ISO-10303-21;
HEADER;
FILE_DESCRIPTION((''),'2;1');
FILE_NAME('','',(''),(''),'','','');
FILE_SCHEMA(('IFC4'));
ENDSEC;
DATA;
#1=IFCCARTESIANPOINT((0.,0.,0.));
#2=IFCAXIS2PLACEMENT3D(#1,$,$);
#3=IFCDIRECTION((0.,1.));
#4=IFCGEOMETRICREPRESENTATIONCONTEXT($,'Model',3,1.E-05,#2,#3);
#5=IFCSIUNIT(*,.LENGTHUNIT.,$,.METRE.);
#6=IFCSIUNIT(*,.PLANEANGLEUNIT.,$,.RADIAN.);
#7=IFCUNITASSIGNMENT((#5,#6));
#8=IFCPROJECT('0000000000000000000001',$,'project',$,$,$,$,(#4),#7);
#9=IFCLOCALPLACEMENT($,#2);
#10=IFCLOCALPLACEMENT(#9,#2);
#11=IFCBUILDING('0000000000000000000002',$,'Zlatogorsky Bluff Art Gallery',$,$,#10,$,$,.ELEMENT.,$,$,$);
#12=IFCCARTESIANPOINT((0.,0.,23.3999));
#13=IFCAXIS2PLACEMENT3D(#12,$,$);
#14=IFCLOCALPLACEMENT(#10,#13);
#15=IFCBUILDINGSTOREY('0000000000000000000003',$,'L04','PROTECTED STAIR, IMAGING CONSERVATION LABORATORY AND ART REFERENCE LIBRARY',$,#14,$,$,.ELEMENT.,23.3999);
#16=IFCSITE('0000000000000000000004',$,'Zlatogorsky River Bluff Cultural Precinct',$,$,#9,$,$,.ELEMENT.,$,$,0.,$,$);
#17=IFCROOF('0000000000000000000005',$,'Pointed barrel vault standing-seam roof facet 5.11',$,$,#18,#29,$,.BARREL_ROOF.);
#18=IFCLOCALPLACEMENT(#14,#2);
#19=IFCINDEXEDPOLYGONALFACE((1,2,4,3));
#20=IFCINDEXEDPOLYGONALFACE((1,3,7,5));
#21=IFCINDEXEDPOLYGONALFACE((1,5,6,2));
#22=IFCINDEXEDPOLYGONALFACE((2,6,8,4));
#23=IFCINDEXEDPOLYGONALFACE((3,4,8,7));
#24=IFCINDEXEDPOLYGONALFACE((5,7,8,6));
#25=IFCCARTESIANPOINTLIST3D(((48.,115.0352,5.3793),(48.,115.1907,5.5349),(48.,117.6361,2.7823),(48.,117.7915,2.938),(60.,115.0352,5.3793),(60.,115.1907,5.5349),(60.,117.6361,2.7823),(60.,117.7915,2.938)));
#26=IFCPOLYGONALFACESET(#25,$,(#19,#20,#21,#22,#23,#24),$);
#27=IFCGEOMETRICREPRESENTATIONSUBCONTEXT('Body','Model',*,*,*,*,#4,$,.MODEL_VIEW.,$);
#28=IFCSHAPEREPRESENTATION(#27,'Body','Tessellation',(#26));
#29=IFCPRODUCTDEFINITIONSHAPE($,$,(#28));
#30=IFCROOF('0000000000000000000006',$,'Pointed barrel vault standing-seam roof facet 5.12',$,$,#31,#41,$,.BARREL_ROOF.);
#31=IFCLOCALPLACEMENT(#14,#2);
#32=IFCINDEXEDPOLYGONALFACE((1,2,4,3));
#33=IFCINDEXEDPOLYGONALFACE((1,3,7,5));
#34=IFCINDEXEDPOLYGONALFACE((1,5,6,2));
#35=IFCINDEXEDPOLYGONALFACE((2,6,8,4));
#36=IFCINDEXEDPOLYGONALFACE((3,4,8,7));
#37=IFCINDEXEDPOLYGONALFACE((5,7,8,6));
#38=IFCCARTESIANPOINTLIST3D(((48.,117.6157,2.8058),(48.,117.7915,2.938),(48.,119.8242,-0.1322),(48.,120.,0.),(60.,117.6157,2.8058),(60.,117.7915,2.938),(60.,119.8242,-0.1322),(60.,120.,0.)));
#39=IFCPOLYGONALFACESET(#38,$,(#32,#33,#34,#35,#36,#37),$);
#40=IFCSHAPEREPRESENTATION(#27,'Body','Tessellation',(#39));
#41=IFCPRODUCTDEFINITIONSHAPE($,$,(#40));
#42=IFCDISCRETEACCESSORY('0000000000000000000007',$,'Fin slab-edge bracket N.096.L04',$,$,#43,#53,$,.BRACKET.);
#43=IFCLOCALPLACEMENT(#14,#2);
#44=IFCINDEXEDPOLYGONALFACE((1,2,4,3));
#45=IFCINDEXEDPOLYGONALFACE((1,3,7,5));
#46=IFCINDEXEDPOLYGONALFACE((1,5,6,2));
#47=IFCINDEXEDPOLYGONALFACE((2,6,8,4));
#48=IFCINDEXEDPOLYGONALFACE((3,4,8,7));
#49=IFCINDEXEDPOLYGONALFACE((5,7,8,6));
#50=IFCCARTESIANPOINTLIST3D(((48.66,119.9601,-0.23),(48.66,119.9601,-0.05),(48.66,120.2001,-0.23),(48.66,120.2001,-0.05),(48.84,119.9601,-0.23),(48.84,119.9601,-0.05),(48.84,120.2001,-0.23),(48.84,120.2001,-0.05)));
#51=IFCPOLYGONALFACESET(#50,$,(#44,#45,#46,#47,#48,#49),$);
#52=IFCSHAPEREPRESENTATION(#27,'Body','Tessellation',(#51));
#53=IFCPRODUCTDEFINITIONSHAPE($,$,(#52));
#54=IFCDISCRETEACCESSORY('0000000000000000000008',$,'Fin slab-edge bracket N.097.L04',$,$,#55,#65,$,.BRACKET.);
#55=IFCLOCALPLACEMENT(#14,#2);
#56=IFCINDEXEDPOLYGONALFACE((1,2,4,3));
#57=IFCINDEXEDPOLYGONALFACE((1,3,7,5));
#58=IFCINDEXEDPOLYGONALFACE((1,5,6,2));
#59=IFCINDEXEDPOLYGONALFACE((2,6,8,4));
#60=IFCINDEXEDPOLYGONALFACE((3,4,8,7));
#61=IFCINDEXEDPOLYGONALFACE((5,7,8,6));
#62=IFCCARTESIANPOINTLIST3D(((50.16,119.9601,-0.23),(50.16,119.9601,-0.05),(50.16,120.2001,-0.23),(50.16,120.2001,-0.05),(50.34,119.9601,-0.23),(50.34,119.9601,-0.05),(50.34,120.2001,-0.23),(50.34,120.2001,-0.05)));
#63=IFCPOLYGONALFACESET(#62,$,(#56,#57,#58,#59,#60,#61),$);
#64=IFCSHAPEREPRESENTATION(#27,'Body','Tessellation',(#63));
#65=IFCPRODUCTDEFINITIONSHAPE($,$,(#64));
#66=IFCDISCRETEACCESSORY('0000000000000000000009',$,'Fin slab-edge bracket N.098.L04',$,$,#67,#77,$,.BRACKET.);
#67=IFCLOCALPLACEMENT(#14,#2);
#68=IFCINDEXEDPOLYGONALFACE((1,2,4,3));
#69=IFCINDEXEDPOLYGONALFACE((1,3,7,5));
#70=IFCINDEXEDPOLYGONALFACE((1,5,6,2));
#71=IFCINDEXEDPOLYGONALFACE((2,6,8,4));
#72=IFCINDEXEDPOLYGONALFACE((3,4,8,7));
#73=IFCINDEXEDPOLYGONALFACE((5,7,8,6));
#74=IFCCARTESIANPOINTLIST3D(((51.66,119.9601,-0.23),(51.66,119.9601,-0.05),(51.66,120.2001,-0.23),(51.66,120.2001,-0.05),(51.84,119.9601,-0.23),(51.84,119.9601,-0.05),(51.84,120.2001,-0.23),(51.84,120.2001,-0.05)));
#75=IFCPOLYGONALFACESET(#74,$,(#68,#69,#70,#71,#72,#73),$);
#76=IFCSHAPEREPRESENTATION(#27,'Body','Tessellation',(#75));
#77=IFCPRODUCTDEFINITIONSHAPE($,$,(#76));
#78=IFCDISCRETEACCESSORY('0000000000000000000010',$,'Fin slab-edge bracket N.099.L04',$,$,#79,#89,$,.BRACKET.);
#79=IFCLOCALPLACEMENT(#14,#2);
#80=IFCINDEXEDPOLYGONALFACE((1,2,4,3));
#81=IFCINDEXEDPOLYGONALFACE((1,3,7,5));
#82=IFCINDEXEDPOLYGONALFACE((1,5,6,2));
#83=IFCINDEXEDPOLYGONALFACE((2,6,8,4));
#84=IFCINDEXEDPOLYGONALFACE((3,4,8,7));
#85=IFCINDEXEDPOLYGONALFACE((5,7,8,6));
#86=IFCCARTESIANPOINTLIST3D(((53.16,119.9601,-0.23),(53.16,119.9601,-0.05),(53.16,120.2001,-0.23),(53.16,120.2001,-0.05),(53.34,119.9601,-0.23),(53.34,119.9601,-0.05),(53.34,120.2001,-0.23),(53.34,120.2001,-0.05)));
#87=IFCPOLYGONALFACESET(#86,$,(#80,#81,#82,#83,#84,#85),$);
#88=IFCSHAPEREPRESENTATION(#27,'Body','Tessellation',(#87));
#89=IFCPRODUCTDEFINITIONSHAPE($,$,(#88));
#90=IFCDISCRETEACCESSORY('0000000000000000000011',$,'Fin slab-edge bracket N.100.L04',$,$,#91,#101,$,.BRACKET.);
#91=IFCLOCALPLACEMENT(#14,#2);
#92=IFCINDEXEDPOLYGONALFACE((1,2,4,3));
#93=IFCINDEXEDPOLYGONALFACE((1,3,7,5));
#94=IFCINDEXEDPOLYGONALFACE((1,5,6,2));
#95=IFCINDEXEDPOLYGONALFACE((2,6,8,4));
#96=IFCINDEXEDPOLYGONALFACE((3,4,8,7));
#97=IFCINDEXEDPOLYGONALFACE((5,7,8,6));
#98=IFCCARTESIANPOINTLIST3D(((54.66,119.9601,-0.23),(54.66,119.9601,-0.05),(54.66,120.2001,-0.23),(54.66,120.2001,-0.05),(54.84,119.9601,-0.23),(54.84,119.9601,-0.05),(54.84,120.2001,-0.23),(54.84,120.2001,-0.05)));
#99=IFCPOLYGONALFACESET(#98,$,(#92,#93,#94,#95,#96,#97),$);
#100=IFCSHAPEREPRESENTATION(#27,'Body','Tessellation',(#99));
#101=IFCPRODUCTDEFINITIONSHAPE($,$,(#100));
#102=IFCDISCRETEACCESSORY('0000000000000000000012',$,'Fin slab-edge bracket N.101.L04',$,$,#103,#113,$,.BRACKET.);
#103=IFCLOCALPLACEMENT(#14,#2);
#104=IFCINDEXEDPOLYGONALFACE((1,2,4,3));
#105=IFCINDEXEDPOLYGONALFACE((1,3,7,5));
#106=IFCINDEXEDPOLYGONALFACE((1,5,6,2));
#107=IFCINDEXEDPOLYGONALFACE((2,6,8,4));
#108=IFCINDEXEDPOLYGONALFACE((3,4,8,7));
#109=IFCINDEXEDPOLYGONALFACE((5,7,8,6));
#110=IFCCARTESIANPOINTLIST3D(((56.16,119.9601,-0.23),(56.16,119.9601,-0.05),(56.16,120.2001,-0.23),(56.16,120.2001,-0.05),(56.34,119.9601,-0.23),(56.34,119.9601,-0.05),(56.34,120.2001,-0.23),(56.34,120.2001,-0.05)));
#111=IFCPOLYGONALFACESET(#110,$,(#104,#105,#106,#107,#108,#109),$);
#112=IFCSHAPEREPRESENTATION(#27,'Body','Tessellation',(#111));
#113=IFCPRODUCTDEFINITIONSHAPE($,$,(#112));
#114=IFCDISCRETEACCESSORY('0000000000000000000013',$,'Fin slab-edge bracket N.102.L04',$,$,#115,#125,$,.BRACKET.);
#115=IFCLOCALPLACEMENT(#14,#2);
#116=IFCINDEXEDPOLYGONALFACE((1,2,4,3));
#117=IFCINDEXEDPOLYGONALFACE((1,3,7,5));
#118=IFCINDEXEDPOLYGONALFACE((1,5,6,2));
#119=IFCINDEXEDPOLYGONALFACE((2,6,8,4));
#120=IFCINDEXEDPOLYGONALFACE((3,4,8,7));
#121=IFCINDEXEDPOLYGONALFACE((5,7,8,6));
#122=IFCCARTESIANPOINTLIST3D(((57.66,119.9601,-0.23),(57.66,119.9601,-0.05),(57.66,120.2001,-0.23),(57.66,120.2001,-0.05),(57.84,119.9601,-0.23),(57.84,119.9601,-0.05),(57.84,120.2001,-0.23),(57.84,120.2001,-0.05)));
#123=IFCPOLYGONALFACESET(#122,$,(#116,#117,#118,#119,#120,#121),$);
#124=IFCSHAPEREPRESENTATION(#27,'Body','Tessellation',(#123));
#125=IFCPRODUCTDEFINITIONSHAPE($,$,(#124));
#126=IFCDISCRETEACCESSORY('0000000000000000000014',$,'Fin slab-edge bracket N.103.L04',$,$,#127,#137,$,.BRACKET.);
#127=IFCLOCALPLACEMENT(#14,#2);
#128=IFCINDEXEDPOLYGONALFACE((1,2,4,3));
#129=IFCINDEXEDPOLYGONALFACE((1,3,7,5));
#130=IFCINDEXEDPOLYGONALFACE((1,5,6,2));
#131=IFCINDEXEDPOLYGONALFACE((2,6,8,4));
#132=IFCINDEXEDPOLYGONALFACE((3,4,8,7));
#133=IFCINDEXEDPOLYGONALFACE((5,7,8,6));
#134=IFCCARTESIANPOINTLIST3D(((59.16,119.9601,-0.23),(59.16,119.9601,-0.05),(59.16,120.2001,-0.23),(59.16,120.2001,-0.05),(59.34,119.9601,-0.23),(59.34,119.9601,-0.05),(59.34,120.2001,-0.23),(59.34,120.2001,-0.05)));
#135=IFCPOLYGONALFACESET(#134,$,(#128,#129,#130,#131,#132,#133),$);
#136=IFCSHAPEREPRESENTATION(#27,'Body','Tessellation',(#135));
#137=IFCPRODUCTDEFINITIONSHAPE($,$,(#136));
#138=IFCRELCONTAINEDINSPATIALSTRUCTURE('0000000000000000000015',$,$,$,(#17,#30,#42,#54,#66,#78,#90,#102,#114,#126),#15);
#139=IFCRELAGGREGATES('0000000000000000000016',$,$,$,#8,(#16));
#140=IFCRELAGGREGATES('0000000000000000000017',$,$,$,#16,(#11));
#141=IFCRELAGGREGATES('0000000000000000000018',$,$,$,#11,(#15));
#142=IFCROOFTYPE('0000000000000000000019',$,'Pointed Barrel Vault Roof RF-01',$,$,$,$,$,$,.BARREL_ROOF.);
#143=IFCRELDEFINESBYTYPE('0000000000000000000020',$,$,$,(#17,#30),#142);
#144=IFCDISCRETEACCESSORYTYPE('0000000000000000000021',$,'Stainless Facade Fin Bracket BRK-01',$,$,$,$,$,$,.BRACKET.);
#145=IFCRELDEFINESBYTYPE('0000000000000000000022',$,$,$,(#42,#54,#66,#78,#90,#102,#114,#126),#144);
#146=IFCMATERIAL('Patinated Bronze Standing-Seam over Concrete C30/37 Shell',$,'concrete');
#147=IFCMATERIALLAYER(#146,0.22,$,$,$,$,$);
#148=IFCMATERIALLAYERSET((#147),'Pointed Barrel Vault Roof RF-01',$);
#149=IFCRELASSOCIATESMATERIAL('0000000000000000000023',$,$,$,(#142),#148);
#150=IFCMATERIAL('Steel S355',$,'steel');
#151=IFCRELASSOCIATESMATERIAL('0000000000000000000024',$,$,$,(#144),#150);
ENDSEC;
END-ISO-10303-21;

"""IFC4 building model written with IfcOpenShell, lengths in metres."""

from ifc_helpers import new_model, si_unit, direction, frame, origin, origin_2d, place, context, subcontext, project, spatial, polyline, rectangle, outline, extrude, material, layer, layer_set, type_object, element, save


model = new_model("IFC4")

# Units and contexts
model_context = context("Model", 3, precision=1e-05, world=origin(), true_north=direction((0.0, 1.0)))
body_context = subcontext(model_context, "Body", "Model", "MODEL_VIEW")
ifc_project = project(units=[si_unit("LENGTHUNIT", "METRE"), si_unit("PLANEANGLEUNIT", "RADIAN")], contexts=[model_context])

# Site, building, storey
site_placement = place(None, origin())
site = spatial("IfcSite", under=ifc_project, at=site_placement, Name="Zlatogorsky River Bluff Cultural Precinct", CompositionType="ELEMENT", RefElevation=0.0)
building_placement = place(site_placement, origin())
building = spatial("IfcBuilding", under=site, at=building_placement, Name="Zlatogorsky Bluff Art Gallery", CompositionType="ELEMENT")
storey_placement = place(building_placement, frame((0.0, 0.0, 23.3999)))
storey = spatial("IfcBuildingStorey", under=building, at=storey_placement, Name="L04", Description="PROTECTED STAIR, IMAGING CONSERVATION LABORATORY AND ART REFERENCE LIBRARY", CompositionType="ELEMENT", Elevation=23.3999)

# Shared definitions
ifc_material_1 = material(Name="Steel S355", Category="steel")

# Roofs
ifc_material_2 = material(Name="Patinated Bronze Standing-Seam over Concrete C30/37 Shell", Category="concrete")
ifc_layer_1 = layer(ifc_material_2, 0.22)
ifc_layer_set_1 = layer_set([ifc_layer_1], Name="Pointed Barrel Vault Roof RF-01")
roof_type = type_object("IfcRoofType", Name="Pointed Barrel Vault Roof RF-01", PredefinedType="BARREL_ROOF", material=ifc_layer_set_1)
roof_1_placement = place(storey_placement, frame((48.0, 115.1907, 5.5349), z_axis=(0.0, 0.706575, 0.707638), x_axis=(1.0, 0.0, 0.0)))
element("IfcRoof", 1, at=roof_1_placement, inside=storey, type_object=roof_type, Name="Pointed barrel vault standing-seam roof facet 5.11", PredefinedType="BARREL_ROOF", context=body_context, shape_type="SweptSolid", body=[
    extrude(outline(polyline([(0.0, 0.0), (12.0, 0.0), (12.0, 3.6754), (0.0, 3.6754), (0.0, 0.0)])), origin(), (0.0, 0.0, -1.0), 0.22),
])
roof_2_placement = place(storey_placement, frame((48.0, 117.7915, 2.938), z_axis=(0.0, 0.799346, 0.600871), x_axis=(1.0, 0.0, 0.0)))
element("IfcRoof", 2, at=roof_2_placement, inside=storey, type_object=roof_type, Name="Pointed barrel vault standing-seam roof facet 5.12", PredefinedType="BARREL_ROOF", context=body_context, shape_type="SweptSolid", body=[
    extrude(outline(polyline([(0.0, 0.0), (12.0, 0.0), (12.0, 3.6755), (0.0, 3.6755), (0.0, 0.0)])), origin(), (0.0, 0.0, -1.0), 0.22),
])

# Discrete accessories
discrete_accessory_type = type_object("IfcDiscreteAccessoryType", Name="Stainless Facade Fin Bracket BRK-01", PredefinedType="BRACKET", material=ifc_material_1)
for number, where, z_axis, x_axis, name in (
    (3, (48.75, 120.0801, -0.23), (0.0, 0.0, 1.0), (1.0, 0.0, 0.0), "Fin slab-edge bracket N.096.L04"),
    (4, (50.25, 120.0801, -0.23), (0.0, 0.0, 1.0), (1.0, 0.0, 0.0), "Fin slab-edge bracket N.097.L04"),
    (5, (51.75, 120.0801, -0.23), (0.0, 0.0, 1.0), (1.0, 0.0, 0.0), "Fin slab-edge bracket N.098.L04"),
    (6, (53.25, 120.0801, -0.23), (0.0, 0.0, 1.0), (1.0, 0.0, 0.0), "Fin slab-edge bracket N.099.L04"),
    (7, (54.75, 120.0801, -0.23), (0.0, 0.0, 1.0), (1.0, 0.0, 0.0), "Fin slab-edge bracket N.100.L04"),
    (8, (56.25, 120.0801, -0.23), (0.0, 0.0, 1.0), (1.0, 0.0, 0.0), "Fin slab-edge bracket N.101.L04"),
    (9, (57.75, 120.0801, -0.23), (0.0, 0.0, 1.0), (1.0, 0.0, 0.0), "Fin slab-edge bracket N.102.L04"),
    (10, (59.25, 120.0801, -0.23), (0.0, 0.0, 1.0), (1.0, 0.0, 0.0), "Fin slab-edge bracket N.103.L04"),
):
    element("IfcDiscreteAccessory", number, at=place(storey_placement, frame(where, z_axis=z_axis, x_axis=x_axis)), inside=storey, type_object=discrete_accessory_type, Name=name, PredefinedType="BRACKET", context=body_context, shape_type="SweptSolid", body=[
        extrude(rectangle(XDim=0.1799, YDim=0.24, at=origin_2d()), origin(), (0.0, 0.0, 1.0), 0.1799),
    ])

save(model, "model.ifc")
